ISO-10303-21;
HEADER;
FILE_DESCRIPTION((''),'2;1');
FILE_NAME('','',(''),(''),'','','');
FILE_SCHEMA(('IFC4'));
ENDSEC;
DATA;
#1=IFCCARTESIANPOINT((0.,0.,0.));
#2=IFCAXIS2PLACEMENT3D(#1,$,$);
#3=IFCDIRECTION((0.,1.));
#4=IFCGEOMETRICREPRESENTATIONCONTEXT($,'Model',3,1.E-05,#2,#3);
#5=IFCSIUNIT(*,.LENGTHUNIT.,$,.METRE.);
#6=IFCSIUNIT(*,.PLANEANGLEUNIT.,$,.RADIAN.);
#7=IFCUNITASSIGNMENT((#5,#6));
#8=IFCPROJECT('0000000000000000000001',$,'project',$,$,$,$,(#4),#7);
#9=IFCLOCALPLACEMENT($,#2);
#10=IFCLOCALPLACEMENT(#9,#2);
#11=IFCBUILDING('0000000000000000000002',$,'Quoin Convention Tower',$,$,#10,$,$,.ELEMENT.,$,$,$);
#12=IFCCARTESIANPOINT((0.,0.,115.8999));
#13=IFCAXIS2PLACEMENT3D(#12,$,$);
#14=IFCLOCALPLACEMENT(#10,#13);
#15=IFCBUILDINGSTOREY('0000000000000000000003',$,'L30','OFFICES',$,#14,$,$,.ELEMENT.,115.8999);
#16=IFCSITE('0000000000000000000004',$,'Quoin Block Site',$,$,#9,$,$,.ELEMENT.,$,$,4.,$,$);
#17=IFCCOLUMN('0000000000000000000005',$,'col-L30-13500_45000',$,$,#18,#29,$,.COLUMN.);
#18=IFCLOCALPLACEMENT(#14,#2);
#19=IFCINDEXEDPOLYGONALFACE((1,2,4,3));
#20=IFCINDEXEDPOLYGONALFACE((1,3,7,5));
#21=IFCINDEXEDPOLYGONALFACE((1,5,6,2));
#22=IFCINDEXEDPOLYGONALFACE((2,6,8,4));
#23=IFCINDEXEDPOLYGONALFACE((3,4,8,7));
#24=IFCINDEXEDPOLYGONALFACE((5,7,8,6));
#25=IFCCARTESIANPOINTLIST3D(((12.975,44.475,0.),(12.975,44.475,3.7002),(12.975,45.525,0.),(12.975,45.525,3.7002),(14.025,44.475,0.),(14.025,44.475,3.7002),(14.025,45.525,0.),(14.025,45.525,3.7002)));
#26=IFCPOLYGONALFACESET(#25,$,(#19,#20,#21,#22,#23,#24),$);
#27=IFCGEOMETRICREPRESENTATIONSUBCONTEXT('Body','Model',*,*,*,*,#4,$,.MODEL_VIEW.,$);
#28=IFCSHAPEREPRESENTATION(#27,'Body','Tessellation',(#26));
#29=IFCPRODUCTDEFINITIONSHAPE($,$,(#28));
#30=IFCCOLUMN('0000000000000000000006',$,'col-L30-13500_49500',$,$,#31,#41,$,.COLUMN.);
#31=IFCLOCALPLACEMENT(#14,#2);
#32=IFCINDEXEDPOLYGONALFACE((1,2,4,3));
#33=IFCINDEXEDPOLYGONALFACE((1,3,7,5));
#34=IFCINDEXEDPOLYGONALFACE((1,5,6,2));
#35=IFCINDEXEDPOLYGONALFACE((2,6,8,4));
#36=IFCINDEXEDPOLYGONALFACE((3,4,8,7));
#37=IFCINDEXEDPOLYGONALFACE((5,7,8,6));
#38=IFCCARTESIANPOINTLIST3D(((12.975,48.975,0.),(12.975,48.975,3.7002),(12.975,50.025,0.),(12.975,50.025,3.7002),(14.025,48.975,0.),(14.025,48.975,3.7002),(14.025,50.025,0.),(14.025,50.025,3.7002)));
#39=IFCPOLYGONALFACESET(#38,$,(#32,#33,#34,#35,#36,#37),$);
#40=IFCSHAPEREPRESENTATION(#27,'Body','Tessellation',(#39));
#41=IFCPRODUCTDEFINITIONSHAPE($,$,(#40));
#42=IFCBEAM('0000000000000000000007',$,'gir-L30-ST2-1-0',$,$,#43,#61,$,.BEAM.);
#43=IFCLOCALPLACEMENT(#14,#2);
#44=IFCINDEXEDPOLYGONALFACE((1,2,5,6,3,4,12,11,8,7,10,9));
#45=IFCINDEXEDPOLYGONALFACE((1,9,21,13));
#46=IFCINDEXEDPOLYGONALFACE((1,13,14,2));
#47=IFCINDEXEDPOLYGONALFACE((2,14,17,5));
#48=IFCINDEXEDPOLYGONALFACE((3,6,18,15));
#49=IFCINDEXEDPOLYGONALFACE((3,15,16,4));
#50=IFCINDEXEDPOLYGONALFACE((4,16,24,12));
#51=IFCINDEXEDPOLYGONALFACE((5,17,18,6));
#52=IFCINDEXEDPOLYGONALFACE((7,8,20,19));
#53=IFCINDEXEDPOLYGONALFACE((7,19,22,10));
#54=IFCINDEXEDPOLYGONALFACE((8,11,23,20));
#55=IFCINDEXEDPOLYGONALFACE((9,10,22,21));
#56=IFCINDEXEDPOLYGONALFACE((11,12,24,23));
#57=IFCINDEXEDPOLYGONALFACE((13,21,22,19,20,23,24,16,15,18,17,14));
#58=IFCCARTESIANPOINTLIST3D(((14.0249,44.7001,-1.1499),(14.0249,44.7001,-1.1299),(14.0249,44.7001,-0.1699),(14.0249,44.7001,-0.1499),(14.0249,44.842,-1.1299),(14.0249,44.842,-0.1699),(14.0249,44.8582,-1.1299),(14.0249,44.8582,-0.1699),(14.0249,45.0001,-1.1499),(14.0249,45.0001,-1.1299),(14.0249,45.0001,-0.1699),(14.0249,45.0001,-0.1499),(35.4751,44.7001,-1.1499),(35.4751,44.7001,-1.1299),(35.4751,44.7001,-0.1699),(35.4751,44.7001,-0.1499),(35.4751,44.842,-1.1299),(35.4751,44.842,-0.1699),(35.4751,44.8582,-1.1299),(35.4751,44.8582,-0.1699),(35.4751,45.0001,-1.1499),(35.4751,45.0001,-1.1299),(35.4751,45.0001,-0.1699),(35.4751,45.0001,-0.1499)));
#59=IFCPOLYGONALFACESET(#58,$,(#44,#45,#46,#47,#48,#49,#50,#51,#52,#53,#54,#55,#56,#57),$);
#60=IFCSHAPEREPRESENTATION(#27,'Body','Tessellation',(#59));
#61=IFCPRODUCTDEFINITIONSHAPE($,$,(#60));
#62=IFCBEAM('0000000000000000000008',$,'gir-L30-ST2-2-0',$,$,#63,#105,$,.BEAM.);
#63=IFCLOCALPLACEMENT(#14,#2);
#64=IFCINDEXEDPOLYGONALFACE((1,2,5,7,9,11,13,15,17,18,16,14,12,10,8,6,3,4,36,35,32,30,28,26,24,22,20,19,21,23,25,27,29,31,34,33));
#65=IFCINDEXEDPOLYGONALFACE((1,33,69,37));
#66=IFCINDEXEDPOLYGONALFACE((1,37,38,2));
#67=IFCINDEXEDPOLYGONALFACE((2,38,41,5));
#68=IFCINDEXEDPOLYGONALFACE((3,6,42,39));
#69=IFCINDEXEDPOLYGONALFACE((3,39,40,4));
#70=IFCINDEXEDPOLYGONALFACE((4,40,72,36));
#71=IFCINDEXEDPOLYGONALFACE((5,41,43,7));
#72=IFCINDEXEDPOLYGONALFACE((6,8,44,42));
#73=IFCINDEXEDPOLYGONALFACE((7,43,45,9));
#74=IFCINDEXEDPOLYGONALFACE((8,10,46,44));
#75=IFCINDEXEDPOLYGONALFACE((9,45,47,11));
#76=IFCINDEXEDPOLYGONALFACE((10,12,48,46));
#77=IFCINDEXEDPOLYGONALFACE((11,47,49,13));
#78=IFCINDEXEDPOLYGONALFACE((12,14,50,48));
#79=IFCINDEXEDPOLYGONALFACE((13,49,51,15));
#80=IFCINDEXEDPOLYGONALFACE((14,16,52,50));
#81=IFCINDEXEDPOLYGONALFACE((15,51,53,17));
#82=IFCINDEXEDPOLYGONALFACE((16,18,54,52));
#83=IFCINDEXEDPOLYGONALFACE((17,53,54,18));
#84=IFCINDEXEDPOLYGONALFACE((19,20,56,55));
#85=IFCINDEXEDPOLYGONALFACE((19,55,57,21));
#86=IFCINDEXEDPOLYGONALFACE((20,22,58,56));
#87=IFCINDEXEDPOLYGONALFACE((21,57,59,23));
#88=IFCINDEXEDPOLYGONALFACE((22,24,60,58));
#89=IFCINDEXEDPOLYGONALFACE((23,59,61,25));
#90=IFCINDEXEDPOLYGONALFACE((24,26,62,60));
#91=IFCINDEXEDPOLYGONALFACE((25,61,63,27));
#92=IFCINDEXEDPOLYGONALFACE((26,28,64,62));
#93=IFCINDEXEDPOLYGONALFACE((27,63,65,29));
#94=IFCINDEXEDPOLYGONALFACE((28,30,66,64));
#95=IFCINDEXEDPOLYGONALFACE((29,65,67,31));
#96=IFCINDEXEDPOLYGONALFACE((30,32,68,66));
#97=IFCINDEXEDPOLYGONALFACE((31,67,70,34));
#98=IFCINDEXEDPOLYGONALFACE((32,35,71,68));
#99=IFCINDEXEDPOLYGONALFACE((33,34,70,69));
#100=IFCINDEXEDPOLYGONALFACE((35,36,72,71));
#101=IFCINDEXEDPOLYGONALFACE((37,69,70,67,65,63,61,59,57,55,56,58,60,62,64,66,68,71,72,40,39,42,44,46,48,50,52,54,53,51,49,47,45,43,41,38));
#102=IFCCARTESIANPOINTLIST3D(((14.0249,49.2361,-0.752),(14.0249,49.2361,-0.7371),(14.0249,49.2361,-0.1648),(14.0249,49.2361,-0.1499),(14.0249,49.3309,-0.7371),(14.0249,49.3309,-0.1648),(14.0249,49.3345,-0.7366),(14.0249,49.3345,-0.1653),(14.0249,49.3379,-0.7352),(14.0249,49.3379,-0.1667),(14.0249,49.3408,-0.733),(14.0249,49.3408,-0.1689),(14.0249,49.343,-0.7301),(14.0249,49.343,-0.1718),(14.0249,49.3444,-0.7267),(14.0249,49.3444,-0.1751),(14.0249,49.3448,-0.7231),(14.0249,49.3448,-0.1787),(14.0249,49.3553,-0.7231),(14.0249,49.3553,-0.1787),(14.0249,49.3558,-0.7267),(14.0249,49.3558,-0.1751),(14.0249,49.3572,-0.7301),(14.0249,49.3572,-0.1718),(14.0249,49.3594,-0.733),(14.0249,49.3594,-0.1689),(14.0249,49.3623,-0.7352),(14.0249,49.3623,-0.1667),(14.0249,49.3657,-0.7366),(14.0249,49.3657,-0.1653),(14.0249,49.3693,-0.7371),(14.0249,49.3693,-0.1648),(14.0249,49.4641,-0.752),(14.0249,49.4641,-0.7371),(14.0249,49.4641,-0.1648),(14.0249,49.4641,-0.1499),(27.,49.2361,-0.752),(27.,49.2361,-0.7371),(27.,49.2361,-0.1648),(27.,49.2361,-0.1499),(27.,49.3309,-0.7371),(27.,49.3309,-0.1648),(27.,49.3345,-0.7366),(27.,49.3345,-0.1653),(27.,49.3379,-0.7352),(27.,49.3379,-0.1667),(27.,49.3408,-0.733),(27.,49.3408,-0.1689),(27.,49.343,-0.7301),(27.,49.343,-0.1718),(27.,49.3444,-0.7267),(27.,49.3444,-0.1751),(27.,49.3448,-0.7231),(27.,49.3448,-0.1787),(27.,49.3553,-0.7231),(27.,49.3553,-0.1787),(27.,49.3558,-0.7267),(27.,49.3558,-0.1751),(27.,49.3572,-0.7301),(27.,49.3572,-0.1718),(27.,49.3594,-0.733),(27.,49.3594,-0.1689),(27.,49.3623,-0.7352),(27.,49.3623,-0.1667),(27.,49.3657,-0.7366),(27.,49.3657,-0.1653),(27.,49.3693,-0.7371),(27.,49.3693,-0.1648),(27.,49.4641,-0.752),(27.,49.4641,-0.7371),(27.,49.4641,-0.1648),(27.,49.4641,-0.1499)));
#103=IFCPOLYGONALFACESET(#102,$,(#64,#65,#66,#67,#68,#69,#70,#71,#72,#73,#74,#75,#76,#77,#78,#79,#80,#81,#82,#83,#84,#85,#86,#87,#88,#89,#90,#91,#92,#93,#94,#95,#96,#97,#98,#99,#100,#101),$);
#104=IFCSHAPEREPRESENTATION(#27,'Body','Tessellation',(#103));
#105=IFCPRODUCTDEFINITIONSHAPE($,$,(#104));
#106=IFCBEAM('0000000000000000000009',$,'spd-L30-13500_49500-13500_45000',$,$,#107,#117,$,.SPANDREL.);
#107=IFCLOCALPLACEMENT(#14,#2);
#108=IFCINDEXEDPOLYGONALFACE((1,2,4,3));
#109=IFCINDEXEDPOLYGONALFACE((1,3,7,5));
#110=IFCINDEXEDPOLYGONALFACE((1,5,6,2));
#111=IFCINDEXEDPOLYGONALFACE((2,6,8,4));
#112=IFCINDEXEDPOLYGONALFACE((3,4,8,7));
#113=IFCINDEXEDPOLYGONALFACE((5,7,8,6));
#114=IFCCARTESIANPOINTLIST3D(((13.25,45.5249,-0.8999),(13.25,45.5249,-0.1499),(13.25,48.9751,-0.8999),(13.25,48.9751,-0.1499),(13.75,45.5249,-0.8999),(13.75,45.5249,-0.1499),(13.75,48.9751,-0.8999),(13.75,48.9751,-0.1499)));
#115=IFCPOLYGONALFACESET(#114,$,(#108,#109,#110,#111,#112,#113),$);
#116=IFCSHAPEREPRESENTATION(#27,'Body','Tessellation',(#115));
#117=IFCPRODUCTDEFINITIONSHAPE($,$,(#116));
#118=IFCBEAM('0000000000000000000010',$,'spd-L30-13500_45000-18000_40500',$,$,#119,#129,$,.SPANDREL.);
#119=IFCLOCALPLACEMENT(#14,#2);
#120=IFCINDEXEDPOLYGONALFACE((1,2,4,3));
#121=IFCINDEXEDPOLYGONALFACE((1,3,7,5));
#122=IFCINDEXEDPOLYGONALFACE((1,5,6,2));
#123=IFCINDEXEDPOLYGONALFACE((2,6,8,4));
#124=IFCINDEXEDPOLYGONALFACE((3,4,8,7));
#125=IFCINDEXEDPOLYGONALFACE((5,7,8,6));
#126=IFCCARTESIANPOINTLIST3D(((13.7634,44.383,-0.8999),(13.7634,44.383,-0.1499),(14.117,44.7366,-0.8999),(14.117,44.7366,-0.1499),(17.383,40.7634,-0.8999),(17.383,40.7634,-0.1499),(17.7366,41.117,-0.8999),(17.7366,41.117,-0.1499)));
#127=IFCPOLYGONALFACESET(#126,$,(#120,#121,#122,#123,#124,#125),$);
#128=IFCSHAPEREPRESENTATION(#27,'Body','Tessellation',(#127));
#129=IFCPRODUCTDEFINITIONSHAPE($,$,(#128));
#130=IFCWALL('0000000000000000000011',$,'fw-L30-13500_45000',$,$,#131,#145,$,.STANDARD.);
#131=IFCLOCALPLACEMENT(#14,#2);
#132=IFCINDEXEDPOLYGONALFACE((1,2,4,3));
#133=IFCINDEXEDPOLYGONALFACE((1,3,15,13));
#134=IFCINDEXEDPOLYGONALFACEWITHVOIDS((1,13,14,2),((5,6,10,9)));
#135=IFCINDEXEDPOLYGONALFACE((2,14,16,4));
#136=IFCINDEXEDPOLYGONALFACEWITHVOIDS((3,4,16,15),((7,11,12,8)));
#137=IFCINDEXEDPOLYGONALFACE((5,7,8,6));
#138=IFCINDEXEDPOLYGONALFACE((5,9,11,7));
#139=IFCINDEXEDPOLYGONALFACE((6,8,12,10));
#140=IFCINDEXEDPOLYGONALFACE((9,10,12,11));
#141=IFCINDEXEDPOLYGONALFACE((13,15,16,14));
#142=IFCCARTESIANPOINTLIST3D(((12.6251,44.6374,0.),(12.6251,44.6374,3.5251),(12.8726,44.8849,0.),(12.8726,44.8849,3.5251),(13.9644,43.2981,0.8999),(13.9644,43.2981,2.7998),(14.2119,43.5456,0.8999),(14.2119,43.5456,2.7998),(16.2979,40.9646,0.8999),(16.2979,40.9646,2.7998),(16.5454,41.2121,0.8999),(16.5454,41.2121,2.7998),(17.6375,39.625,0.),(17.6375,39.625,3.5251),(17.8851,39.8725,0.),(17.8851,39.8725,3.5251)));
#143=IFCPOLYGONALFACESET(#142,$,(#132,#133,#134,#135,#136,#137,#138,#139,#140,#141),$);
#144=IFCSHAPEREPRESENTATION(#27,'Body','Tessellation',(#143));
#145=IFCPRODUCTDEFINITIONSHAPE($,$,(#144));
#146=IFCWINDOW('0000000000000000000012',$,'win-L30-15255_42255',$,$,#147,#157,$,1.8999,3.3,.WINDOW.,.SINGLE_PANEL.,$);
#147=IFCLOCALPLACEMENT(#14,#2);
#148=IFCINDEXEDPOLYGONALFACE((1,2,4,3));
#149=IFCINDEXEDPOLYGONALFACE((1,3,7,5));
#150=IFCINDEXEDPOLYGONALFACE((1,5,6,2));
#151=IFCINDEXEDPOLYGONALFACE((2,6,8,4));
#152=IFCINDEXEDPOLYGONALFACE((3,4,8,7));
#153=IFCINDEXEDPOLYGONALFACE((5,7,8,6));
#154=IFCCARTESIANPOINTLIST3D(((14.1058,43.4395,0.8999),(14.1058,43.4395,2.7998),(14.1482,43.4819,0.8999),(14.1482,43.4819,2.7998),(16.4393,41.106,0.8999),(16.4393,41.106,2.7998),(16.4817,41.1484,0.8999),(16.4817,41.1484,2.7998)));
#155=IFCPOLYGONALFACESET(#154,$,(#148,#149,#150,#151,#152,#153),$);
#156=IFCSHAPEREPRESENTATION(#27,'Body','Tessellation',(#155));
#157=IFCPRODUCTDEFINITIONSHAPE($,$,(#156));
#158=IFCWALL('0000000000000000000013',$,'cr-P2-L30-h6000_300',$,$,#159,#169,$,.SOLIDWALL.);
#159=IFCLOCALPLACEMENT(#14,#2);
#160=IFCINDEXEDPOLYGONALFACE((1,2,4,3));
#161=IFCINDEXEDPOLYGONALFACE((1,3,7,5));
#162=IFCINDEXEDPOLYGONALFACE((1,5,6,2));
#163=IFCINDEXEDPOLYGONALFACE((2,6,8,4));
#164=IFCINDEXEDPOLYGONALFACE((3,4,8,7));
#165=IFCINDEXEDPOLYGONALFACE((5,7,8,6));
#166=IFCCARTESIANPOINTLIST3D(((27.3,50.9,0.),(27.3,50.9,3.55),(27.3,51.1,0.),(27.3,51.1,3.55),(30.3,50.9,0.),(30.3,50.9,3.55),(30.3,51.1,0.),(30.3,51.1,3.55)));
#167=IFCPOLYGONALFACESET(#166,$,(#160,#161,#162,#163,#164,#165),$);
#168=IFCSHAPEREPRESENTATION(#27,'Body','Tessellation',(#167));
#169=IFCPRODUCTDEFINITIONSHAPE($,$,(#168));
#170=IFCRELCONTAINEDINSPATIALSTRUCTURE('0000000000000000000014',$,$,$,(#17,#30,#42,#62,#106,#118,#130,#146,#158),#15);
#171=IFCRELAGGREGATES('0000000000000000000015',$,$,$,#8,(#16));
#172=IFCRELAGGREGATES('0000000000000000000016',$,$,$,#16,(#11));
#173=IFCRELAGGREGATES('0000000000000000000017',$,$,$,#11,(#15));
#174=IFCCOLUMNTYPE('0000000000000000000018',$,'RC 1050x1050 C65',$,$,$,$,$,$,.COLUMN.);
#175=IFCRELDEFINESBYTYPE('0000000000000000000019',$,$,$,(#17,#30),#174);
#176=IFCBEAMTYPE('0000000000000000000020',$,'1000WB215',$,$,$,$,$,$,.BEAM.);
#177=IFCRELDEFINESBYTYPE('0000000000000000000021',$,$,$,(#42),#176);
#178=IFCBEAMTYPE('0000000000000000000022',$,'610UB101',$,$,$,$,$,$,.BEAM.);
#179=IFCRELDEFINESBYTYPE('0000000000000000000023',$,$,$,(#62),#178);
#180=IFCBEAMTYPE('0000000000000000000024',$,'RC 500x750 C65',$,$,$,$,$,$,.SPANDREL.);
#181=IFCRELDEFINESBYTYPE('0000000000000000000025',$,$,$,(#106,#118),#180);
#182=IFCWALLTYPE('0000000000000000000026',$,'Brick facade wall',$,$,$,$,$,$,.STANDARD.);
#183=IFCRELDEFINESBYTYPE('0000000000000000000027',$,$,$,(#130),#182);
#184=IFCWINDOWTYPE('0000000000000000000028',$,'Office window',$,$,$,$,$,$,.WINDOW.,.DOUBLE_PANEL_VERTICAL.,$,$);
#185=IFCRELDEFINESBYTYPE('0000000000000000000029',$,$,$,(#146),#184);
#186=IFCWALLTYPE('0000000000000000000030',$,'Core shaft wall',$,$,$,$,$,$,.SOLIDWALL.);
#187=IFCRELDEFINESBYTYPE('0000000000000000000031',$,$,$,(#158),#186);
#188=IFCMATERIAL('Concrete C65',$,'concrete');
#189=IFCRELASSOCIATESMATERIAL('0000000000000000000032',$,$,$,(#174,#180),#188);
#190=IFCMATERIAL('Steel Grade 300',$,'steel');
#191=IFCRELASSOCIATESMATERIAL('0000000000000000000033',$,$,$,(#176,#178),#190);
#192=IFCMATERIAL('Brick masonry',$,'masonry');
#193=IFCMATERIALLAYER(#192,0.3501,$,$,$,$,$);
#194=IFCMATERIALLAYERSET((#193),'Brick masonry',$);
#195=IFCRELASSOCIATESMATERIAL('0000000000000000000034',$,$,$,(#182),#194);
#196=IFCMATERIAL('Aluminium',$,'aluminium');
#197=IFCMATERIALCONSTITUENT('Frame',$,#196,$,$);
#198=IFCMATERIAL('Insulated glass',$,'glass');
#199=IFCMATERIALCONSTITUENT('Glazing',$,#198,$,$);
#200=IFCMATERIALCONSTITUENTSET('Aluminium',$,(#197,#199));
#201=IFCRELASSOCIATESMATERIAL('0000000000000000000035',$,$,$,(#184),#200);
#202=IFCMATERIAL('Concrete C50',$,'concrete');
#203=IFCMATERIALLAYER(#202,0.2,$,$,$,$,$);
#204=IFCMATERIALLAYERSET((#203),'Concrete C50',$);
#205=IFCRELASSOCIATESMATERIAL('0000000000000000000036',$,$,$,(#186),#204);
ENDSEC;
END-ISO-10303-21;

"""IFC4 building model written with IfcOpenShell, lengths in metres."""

from ifc_helpers import new_model, si_unit, direction, frame, frame_2d, origin, origin_2d, place, context, subcontext, project, spatial, rectangle, i_section, extrude, material, layer, layer_set, constituent, constituent_set, material_profile, profile_set, type_object, element, fill, save


model = new_model("IFC4")

# Units and contexts
model_context = context("Model", 3, precision=1e-05, world=origin(), true_north=direction((0.0, 1.0)))
body_context = subcontext(model_context, "Body", "Model", "MODEL_VIEW")
ifc_project = project(units=[si_unit("LENGTHUNIT", "METRE"), si_unit("PLANEANGLEUNIT", "RADIAN")], contexts=[model_context])

# Site, building, storey
site_placement = place(None, origin())
site = spatial("IfcSite", under=ifc_project, at=site_placement, Name="Quoin Block Site", CompositionType="ELEMENT", RefElevation=4.0)
building_placement = place(site_placement, origin())
building = spatial("IfcBuilding", under=site, at=building_placement, Name="Quoin Convention Tower", CompositionType="ELEMENT")
storey_placement = place(building_placement, frame((0.0, 0.0, 115.8999)))
storey = spatial("IfcBuildingStorey", under=building, at=storey_placement, Name="L30", Description="OFFICES", CompositionType="ELEMENT", Elevation=115.8999)

# Columns
ifc_material_1 = material(Name="Concrete C65", Category="concrete")
ifc_material_profile_1 = material_profile(ifc_material_1, rectangle(XDim=1.05, YDim=1.05, at=origin_2d()), Name="RC 1050x1050")
ifc_profile_set_1 = profile_set([ifc_material_profile_1], Name="Concrete C65")
column_type = type_object("IfcColumnType", Name="RC 1050x1050 C65", PredefinedType="COLUMN", material=ifc_profile_set_1)
for number, where, z_axis, x_axis, name in (
    (1, (13.5, 45.0, 0.0), (0.0, 0.0, 1.0), (1.0, 0.0, 0.0), "col-L30-13500_45000"),
    (2, (13.5, 49.5, 0.0), (0.0, 0.0, 1.0), (1.0, 0.0, 0.0), "col-L30-13500_49500"),
):
    element("IfcColumn", number, at=place(storey_placement, frame(where, z_axis=z_axis, x_axis=x_axis)), inside=storey, type_object=column_type, Name=name, PredefinedType="COLUMN", context=body_context, shape_type="SweptSolid", body=[
        extrude(rectangle(XDim=1.05, YDim=1.05, at=origin_2d()), origin(), (0.0, 0.0, 1.0), 3.7002),
    ])

# Beams
ifc_material_2 = material(Name="Steel Grade 300", Category="steel")
ifc_material_profile_2 = material_profile(ifc_material_2, i_section(OverallWidth=0.3, OverallDepth=1.0, WebThickness=0.0161, FlangeThickness=0.02, at=origin_2d()), Name="1000WB215")
ifc_profile_set_2 = profile_set([ifc_material_profile_2], Name="Steel Grade 300")
beam_type_1 = type_object("IfcBeamType", Name="1000WB215", PredefinedType="BEAM", material=ifc_profile_set_2)
beam_1_placement = place(storey_placement, frame((14.0249, 44.8501, -0.6499), z_axis=(1.0, 0.0, 0.0), x_axis=(0.0, 1.0, 0.0)))
element("IfcBeam", 3, at=beam_1_placement, inside=storey, type_object=beam_type_1, Name="gir-L30-ST2-1-0", PredefinedType="BEAM", context=body_context, shape_type="SweptSolid", body=[
    extrude(i_section(OverallWidth=0.3, OverallDepth=1.0, WebThickness=0.0161, FlangeThickness=0.02, at=origin_2d()), origin(), (0.0, 0.0, 1.0), 21.4502),
])
ifc_material_profile_3 = material_profile(ifc_material_2, i_section(OverallWidth=0.228, OverallDepth=0.6021, WebThickness=0.0105, FlangeThickness=0.0149, FilletRadius=0.0139, at=origin_2d()), Name="610UB101")
ifc_profile_set_3 = profile_set([ifc_material_profile_3], Name="Steel Grade 300")
beam_type_2 = type_object("IfcBeamType", Name="610UB101", PredefinedType="BEAM", material=ifc_profile_set_3)
beam_2_placement = place(storey_placement, frame((14.0249, 49.3501, -0.4509), z_axis=(1.0, 0.0, 0.0), x_axis=(0.0, 1.0, 0.0)))
element("IfcBeam", 4, at=beam_2_placement, inside=storey, type_object=beam_type_2, Name="gir-L30-ST2-2-0", PredefinedType="BEAM", context=body_context, shape_type="SweptSolid", body=[
    extrude(i_section(OverallWidth=0.228, OverallDepth=0.6021, WebThickness=0.0105, FlangeThickness=0.0149, FilletRadius=0.0139, at=origin_2d()), origin(), (0.0, 0.0, 1.0), 12.9751),
])
ifc_material_profile_4 = material_profile(ifc_material_1, rectangle(XDim=0.5, YDim=0.75, at=origin_2d()), Name="RC 500x750")
ifc_profile_set_4 = profile_set([ifc_material_profile_4], Name="Concrete C65")
beam_type_3 = type_object("IfcBeamType", Name="RC 500x750 C65", PredefinedType="SPANDREL", material=ifc_profile_set_4)
beam_3_placement = place(storey_placement, frame((13.5, 48.9751, -0.5249), z_axis=(0.0, -1.0, 0.0), x_axis=(1.0, 0.0, 0.0)))
element("IfcBeam", 5, at=beam_3_placement, inside=storey, type_object=beam_type_3, Name="spd-L30-13500_49500-13500_45000", PredefinedType="SPANDREL", context=body_context, shape_type="SweptSolid", body=[
    extrude(rectangle(XDim=0.5, YDim=0.75, at=origin_2d()), origin(), (0.0, 0.0, 1.0), 3.4502),
])
beam_4_placement = place(storey_placement, frame((13.9402, 44.5598, -0.5249), z_axis=(0.707107, -0.707107, 0.0), x_axis=(0.707107, 0.707107, 0.0)))
element("IfcBeam", 6, at=beam_4_placement, inside=storey, type_object=beam_type_3, Name="spd-L30-13500_45000-18000_40500", PredefinedType="SPANDREL", context=body_context, shape_type="SweptSolid", body=[
    extrude(rectangle(XDim=0.5, YDim=0.75, at=origin_2d()), origin(), (0.0, 0.0, 1.0), 5.1189),
])

# Wall, opening, window
ifc_material_3 = material(Name="Brick masonry", Category="masonry")
ifc_layer_1 = layer(ifc_material_3, 0.3501)
ifc_layer_set_1 = layer_set([ifc_layer_1], Name="Brick masonry")
wall_type_1 = type_object("IfcWallType", Name="Brick facade wall", PredefinedType="STANDARD", material=ifc_layer_set_1)
wall_1_placement = place(storey_placement, frame((12.7488, 44.7612, 0.0), z_axis=(0.0, 0.0, 1.0), x_axis=(0.707107, -0.707107, 0.0)))
wall_1 = element("IfcWall", 7, at=wall_1_placement, inside=storey, type_object=wall_type_1, Name="fw-L30-13500_45000", PredefinedType="STANDARD", context=body_context, shape_type="SweptSolid", body=[
    extrude(rectangle(XDim=7.0886, YDim=0.3501, at=frame_2d((3.5444, 0.0))), origin(), (0.0, 0.0, 1.0), 3.5251),
])
opening_1_placement = place(wall_1_placement, frame((1.8943, 0.0, 0.8999)))
opening_1 = element("IfcOpeningElement", 8, at=opening_1_placement, cuts=wall_1, PredefinedType="OPENING", context=body_context, shape_type="SweptSolid", body=[
    extrude(rectangle(XDim=3.3, YDim=1.8999, at=frame_2d((1.6499, 0.95))), frame((0.0, 0.1851, 0.0), z_axis=(0.0, -1.0, 0.0), x_axis=(1.0, 0.0, 0.0)), (0.0, 0.0, 1.0), 0.3701),
])
ifc_material_4 = material(Name="Aluminium", Category="aluminium")
ifc_constituent_1 = constituent(ifc_material_4, Name="Frame")
ifc_material_5 = material(Name="Insulated glass", Category="glass")
ifc_constituent_2 = constituent(ifc_material_5, Name="Glazing")
ifc_constituent_set = constituent_set(constituents=[ifc_constituent_1, ifc_constituent_2], Name="Aluminium")
window_type = type_object("IfcWindowType", Name="Office window", PartitioningType="DOUBLE_PANEL_VERTICAL", PredefinedType="WINDOW", material=ifc_constituent_set)
window_placement = place(opening_1_placement, origin())
window = element("IfcWindow", 9, at=window_placement, inside=storey, type_object=window_type, Name="win-L30-15255_42255", OverallHeight=1.8999, OverallWidth=3.3, PartitioningType="SINGLE_PANEL", PredefinedType="WINDOW", context=body_context, shape_type="SweptSolid", body=[
    extrude(rectangle(XDim=3.3, YDim=1.8999, at=frame_2d((1.6499, 0.95))), frame((0.0, 0.085, 0.0), z_axis=(0.0, -1.0, 0.0), x_axis=(1.0, 0.0, 0.0)), (0.0, 0.0, 1.0), 0.0601),
])
fill(opening_1, window)

# Wall
ifc_material_6 = material(Name="Concrete C50", Category="concrete")
ifc_layer_2 = layer(ifc_material_6, 0.2)
ifc_layer_set_2 = layer_set([ifc_layer_2], Name="Concrete C50")
wall_type_2 = type_object("IfcWallType", Name="Core shaft wall", PredefinedType="SOLIDWALL", material=ifc_layer_set_2)
wall_2_placement = place(storey_placement, frame((27.3, 51.0, 0.0), z_axis=(0.0, 0.0, 1.0), x_axis=(1.0, 0.0, 0.0)))
element("IfcWall", 10, at=wall_2_placement, inside=storey, type_object=wall_type_2, Name="cr-P2-L30-h6000_300", PredefinedType="SOLIDWALL", context=body_context, shape_type="SweptSolid", body=[
    extrude(rectangle(XDim=3.0, YDim=0.2, at=frame_2d((1.5, 0.0))), origin(), (0.0, 0.0, 1.0), 3.55),
])

save(model, "model.ifc")
